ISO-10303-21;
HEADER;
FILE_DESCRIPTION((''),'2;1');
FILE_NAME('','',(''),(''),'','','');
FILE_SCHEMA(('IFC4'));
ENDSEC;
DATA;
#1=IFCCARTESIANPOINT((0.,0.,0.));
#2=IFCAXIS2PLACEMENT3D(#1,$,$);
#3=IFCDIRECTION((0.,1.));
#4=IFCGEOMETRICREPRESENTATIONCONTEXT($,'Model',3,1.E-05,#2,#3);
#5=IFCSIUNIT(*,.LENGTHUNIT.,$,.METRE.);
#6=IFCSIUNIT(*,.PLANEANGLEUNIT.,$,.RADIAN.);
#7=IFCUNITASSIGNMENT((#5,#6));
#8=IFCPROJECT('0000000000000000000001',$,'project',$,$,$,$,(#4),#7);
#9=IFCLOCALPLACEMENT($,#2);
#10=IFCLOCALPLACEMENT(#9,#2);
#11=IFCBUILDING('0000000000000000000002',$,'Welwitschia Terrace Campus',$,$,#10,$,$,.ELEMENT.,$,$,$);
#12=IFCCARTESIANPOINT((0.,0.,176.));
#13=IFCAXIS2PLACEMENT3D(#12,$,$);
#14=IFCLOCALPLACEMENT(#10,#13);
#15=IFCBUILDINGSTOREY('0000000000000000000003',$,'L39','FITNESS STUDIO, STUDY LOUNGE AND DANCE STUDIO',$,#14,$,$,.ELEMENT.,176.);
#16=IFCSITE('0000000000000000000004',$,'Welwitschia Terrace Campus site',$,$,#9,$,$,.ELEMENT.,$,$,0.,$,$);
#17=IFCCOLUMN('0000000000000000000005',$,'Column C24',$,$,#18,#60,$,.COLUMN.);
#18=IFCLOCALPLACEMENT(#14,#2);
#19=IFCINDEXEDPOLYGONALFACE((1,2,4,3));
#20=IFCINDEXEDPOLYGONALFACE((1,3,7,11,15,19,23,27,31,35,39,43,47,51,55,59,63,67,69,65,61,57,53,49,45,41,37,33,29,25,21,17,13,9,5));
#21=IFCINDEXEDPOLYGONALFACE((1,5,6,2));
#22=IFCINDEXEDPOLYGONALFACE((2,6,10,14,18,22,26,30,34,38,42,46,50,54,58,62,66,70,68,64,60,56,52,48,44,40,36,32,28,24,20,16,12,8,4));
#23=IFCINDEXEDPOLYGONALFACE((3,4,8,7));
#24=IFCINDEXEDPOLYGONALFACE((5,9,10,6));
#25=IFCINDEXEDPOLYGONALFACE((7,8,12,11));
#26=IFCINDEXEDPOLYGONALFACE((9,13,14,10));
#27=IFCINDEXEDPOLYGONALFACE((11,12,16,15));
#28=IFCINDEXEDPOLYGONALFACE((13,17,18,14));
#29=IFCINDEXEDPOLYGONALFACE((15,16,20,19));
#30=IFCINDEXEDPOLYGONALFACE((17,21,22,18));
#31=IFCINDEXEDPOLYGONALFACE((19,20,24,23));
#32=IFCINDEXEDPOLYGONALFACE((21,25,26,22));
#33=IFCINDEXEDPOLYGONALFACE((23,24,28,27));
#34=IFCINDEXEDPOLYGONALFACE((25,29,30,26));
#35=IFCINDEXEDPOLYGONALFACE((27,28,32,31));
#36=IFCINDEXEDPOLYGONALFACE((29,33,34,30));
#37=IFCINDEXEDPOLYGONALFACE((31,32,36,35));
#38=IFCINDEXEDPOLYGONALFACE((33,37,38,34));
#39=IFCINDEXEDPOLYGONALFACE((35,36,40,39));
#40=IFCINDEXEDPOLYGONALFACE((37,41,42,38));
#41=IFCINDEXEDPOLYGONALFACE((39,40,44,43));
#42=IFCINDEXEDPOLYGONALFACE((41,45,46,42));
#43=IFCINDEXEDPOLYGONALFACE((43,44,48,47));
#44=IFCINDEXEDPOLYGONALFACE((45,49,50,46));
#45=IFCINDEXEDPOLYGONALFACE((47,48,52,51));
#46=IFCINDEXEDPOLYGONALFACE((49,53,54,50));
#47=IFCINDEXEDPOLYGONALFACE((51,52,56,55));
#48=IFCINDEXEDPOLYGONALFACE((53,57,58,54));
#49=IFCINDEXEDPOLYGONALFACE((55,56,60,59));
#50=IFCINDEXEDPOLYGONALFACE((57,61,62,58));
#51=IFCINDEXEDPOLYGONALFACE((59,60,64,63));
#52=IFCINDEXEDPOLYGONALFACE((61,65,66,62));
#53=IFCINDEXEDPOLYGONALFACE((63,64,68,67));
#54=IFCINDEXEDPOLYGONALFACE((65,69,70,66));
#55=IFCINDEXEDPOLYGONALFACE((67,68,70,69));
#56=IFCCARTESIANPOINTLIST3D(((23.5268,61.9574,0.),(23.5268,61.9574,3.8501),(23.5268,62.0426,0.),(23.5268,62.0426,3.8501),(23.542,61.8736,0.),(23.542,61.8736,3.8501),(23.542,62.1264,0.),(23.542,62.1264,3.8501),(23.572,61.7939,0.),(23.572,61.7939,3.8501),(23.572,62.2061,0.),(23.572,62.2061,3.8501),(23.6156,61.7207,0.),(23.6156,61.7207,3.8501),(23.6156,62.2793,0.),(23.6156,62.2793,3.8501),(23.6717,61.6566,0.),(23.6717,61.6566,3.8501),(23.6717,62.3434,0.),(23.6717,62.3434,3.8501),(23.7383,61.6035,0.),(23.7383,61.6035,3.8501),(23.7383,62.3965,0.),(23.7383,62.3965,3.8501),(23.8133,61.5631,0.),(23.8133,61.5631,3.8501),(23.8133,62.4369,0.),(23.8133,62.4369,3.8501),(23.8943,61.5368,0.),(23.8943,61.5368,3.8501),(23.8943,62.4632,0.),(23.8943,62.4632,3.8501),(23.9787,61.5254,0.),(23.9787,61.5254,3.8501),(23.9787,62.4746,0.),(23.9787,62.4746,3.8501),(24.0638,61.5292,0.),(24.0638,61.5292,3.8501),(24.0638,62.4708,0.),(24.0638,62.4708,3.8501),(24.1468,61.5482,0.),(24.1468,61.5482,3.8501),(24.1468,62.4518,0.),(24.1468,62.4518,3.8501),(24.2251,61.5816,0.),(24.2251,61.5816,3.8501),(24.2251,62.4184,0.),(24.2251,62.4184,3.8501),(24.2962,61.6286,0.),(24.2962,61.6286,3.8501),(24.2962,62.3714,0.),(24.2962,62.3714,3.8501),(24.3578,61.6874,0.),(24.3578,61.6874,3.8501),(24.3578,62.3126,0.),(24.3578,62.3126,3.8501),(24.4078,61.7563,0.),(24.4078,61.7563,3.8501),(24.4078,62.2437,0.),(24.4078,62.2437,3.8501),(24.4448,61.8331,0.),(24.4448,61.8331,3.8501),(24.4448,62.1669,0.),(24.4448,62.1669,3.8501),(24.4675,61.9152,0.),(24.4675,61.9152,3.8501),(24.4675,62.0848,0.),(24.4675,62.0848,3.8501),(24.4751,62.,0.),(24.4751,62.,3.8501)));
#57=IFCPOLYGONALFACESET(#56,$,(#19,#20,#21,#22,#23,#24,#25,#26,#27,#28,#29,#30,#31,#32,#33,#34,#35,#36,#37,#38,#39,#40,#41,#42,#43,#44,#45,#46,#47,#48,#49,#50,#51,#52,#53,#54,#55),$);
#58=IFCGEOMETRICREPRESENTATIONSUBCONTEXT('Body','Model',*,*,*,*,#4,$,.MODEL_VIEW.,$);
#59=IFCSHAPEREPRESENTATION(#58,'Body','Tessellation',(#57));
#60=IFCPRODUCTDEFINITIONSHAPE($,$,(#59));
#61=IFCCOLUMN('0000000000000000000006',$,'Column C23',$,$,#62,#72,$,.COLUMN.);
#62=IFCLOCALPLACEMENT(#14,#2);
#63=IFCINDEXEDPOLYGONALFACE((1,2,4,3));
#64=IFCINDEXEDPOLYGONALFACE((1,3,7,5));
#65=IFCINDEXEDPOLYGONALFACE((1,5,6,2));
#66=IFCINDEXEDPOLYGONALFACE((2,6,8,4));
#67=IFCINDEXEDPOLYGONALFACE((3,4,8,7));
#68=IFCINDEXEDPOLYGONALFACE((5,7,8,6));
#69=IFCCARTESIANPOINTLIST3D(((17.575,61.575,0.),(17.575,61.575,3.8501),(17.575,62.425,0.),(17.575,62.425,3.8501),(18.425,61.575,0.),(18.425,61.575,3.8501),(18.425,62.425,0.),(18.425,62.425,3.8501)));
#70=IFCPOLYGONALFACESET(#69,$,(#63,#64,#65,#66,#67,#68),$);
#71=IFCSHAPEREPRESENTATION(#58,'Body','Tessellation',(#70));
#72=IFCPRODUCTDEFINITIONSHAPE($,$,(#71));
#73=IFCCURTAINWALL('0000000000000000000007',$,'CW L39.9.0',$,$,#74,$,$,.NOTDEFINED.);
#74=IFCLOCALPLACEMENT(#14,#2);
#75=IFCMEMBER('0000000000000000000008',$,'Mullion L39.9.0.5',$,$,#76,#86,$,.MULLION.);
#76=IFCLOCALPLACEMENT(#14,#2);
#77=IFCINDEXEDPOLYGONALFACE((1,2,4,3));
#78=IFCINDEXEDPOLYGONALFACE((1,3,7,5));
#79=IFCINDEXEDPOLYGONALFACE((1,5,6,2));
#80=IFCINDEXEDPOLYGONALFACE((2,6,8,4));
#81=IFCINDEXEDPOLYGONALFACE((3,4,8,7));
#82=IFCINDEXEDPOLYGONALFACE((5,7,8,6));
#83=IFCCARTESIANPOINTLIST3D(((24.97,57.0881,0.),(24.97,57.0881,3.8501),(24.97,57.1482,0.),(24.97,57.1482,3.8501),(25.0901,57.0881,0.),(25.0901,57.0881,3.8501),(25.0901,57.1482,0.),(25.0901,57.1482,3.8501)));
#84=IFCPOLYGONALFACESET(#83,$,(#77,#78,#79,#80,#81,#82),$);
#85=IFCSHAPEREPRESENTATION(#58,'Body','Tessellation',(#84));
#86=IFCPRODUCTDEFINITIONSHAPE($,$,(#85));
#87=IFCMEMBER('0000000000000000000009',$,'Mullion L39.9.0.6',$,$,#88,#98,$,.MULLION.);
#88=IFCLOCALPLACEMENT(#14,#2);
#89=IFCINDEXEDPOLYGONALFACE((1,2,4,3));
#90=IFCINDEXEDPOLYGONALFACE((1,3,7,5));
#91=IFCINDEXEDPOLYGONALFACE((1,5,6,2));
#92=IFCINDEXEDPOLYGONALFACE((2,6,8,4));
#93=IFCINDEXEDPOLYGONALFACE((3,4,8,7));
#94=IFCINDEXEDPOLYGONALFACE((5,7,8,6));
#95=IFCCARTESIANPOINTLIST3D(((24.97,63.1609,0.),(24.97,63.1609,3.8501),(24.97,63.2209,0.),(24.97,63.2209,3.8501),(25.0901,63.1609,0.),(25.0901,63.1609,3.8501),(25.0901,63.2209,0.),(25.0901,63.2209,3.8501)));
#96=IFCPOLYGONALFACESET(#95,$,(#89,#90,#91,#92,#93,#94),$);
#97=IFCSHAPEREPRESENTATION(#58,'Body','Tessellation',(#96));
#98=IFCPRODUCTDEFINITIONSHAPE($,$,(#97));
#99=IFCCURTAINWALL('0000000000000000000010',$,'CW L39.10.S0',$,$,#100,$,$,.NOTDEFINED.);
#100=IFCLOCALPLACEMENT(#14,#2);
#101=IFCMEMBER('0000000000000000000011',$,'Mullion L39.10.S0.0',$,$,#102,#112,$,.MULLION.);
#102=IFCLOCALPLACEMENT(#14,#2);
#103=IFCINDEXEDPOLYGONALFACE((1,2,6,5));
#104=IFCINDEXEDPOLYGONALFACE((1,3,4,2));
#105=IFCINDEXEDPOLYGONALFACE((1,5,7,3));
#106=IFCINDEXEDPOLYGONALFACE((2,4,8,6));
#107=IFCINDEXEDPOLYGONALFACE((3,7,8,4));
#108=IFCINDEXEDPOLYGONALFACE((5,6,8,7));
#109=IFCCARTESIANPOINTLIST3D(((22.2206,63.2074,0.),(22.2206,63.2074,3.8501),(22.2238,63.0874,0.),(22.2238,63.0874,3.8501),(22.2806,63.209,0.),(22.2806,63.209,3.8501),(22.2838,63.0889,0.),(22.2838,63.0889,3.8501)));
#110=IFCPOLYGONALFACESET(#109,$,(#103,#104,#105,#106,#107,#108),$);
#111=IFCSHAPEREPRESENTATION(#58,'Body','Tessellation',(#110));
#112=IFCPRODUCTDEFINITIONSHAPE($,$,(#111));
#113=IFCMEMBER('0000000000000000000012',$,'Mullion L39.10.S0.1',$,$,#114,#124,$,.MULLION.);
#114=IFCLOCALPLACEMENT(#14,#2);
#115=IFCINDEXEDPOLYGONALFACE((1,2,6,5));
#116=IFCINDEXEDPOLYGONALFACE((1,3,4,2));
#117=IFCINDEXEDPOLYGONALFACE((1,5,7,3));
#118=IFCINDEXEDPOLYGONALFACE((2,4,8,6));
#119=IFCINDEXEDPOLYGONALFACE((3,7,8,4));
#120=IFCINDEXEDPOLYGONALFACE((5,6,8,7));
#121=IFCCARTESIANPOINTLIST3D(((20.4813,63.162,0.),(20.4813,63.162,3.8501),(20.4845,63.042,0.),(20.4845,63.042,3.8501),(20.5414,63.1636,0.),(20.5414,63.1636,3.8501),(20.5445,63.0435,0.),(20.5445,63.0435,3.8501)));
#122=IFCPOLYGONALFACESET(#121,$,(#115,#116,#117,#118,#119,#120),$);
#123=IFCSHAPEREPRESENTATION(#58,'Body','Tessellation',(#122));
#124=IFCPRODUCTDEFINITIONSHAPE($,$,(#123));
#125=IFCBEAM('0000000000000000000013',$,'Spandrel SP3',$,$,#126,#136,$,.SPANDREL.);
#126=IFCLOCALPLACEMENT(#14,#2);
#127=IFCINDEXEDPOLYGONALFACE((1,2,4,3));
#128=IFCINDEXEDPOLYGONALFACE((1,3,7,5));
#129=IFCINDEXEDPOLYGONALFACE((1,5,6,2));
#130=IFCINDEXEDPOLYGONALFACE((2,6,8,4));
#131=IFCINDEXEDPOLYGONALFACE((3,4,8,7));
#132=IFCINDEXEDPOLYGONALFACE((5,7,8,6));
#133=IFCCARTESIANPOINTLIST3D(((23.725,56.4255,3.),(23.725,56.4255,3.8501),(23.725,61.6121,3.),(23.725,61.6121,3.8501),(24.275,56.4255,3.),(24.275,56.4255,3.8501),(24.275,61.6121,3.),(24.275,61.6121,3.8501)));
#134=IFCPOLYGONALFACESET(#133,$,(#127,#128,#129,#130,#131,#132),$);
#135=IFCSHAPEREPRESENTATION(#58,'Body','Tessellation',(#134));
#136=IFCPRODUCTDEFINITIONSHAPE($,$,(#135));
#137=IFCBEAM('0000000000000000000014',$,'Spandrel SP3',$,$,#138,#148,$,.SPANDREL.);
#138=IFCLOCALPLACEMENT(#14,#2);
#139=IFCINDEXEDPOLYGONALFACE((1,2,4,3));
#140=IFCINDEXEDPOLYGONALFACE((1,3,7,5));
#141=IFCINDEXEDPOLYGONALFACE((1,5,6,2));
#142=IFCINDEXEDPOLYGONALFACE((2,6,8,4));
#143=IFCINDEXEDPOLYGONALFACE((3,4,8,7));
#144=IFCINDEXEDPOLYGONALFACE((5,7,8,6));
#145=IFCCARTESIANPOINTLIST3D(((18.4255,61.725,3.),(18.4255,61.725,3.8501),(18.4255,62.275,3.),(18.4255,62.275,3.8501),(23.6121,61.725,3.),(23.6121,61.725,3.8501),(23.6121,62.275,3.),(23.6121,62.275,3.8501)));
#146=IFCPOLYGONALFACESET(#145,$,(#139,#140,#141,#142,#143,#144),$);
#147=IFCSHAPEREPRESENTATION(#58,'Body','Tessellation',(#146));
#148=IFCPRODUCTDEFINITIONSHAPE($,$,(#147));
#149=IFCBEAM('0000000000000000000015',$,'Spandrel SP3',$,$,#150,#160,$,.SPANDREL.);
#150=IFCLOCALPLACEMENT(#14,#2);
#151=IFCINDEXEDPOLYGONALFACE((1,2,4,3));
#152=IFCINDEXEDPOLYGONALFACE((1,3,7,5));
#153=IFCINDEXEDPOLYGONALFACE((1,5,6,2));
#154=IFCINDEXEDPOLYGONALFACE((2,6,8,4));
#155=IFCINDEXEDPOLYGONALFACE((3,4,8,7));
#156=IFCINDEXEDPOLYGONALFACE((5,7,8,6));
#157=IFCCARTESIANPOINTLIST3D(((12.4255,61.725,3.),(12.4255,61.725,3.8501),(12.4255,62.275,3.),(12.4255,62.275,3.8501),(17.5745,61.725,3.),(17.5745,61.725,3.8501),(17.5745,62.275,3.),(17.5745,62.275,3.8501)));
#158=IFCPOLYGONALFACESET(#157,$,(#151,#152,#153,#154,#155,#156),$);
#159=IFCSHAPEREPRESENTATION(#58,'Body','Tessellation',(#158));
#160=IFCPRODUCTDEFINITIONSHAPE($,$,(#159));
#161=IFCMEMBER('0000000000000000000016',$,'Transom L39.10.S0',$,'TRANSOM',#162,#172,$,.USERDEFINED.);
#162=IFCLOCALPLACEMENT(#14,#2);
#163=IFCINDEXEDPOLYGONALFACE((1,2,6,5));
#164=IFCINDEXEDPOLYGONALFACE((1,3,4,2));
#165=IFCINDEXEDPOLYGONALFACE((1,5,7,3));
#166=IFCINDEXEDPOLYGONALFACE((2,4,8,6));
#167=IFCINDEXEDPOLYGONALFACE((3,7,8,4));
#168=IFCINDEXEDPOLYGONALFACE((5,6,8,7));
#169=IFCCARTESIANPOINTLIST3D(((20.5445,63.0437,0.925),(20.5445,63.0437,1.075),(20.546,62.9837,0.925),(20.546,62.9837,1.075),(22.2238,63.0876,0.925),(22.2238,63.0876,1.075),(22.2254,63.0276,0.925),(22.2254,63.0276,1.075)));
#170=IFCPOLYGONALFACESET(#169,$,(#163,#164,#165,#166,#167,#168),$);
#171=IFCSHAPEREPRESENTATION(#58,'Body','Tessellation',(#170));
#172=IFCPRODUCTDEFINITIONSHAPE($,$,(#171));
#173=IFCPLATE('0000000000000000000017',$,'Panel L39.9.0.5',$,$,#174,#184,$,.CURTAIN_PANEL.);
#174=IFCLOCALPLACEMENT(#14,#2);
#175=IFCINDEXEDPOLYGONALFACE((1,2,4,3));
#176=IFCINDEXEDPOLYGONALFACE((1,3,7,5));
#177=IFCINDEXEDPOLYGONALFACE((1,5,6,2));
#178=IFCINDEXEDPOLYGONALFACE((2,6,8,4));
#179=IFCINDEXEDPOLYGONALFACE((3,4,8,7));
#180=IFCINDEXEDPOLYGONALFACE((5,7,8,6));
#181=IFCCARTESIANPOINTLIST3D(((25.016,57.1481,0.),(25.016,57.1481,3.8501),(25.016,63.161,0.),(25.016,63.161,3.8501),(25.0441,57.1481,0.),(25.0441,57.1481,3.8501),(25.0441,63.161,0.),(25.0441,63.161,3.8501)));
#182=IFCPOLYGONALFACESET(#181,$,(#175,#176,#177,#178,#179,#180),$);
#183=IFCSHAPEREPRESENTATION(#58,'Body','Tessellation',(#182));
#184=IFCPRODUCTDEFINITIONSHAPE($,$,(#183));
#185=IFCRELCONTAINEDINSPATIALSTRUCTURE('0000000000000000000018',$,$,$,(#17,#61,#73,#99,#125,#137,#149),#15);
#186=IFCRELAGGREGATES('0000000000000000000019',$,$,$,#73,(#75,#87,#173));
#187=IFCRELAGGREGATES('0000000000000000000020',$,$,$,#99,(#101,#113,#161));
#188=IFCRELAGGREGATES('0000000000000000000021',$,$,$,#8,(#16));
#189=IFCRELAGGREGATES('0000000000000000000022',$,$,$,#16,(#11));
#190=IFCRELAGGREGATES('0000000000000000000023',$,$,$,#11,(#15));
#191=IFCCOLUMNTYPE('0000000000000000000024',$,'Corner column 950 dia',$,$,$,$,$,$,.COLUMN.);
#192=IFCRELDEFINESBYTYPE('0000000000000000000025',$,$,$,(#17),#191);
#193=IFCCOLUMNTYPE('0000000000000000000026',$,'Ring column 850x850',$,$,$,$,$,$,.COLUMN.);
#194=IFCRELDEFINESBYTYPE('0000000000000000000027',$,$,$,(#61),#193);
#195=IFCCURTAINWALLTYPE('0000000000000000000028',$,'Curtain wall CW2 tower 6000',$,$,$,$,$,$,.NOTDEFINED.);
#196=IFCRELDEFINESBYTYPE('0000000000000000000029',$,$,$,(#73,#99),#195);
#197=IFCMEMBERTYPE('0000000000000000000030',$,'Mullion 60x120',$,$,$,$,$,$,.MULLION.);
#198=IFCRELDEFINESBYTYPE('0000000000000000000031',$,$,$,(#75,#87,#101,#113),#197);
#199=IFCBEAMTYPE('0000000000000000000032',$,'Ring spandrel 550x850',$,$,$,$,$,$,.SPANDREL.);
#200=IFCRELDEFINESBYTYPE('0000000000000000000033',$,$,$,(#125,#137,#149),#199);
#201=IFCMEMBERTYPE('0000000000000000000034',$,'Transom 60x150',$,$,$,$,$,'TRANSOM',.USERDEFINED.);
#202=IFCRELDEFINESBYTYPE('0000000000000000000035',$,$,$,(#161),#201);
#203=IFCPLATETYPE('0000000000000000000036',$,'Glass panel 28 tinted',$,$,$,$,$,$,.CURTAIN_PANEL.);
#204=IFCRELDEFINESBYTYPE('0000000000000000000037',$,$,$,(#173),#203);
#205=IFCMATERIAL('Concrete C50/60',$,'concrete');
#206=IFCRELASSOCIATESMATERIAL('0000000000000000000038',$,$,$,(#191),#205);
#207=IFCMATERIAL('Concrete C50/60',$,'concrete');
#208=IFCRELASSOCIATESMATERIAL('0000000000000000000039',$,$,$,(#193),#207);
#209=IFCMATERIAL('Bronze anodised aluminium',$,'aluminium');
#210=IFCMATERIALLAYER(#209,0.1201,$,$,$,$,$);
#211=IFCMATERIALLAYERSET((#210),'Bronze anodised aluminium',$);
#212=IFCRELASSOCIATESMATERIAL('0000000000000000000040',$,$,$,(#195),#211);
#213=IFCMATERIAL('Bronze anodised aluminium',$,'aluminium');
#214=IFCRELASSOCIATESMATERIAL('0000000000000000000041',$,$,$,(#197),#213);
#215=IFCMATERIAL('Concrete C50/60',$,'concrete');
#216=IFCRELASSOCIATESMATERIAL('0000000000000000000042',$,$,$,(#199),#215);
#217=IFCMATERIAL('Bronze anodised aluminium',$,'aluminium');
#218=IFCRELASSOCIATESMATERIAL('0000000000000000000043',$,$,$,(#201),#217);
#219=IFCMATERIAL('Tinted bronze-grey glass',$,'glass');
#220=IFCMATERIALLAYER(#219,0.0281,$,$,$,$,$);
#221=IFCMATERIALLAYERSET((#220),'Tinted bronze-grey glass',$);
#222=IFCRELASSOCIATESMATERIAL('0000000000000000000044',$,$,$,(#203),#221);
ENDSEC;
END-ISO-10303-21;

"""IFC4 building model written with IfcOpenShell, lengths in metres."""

from ifc_helpers import new_model, si_unit, direction, frame, origin, origin_2d, place, context, subcontext, project, spatial, rectangle, circle, extrude, material, layer, layer_set, material_profile, profile_set, type_object, element, aggregate, save


model = new_model("IFC4")

# Units and contexts
model_context = context("Model", 3, precision=1e-05, world=origin(), true_north=direction((0.0, 1.0)))
body_context = subcontext(model_context, "Body", "Model", "MODEL_VIEW")
ifc_project = project(units=[si_unit("LENGTHUNIT", "METRE"), si_unit("PLANEANGLEUNIT", "RADIAN")], contexts=[model_context])

# Site, building, storey
site_placement = place(None, origin())
site = spatial("IfcSite", under=ifc_project, at=site_placement, Name="Welwitschia Terrace Campus site", CompositionType="ELEMENT", RefElevation=0.0)
building_placement = place(site_placement, origin())
building = spatial("IfcBuilding", under=site, at=building_placement, Name="Welwitschia Terrace Campus", CompositionType="ELEMENT")
storey_placement = place(building_placement, frame((0.0, 0.0, 176.0)))
storey = spatial("IfcBuildingStorey", under=building, at=storey_placement, Name="L39", Description="FITNESS STUDIO, STUDY LOUNGE AND DANCE STUDIO", CompositionType="ELEMENT", Elevation=176.0)

# Columns
ifc_material_1 = material(Name="Concrete C50/60", Category="concrete")
ifc_material_profile_1 = material_profile(ifc_material_1, circle(Radius=0.4751, at=origin_2d()))
ifc_profile_set_1 = profile_set([ifc_material_profile_1], Name="Concrete C50/60")
column_type_1 = type_object("IfcColumnType", Name="Corner column 950 dia", PredefinedType="COLUMN", material=ifc_profile_set_1)
column_1_placement = place(storey_placement, frame((24.0, 62.0, 0.0), z_axis=(0.0, 0.0, 1.0), x_axis=(1.0, 0.0, 0.0)))
element("IfcColumn", 1, at=column_1_placement, inside=storey, type_object=column_type_1, Name="Column C24", PredefinedType="COLUMN", context=body_context, shape_type="SweptSolid", body=[
    extrude(circle(Radius=0.4751, at=origin_2d()), origin(), (0.0, 0.0, 1.0), 3.8501),
])
ifc_material_2 = material(Name="Concrete C50/60", Category="concrete")
ifc_material_profile_2 = material_profile(ifc_material_2, rectangle(XDim=0.8501, YDim=0.8501, at=origin_2d()))
ifc_profile_set_2 = profile_set([ifc_material_profile_2], Name="Concrete C50/60")
column_type_2 = type_object("IfcColumnType", Name="Ring column 850x850", PredefinedType="COLUMN", material=ifc_profile_set_2)
column_2_placement = place(storey_placement, frame((18.0, 62.0, 0.0), z_axis=(0.0, 0.0, 1.0), x_axis=(1.0, 0.0, 0.0)))
element("IfcColumn", 2, at=column_2_placement, inside=storey, type_object=column_type_2, Name="Column C23", PredefinedType="COLUMN", context=body_context, shape_type="SweptSolid", body=[
    extrude(rectangle(XDim=0.8501, YDim=0.8501, at=origin_2d()), origin(), (0.0, 0.0, 1.0), 3.8501),
])

# Curtain walls, members
ifc_material_3 = material(Name="Bronze anodised aluminium", Category="aluminium")
ifc_layer_1 = layer(ifc_material_3, 0.1201)
ifc_layer_set_1 = layer_set([ifc_layer_1], Name="Bronze anodised aluminium")
curtain_wall_type = type_object("IfcCurtainWallType", Name="Curtain wall CW2 tower 6000", PredefinedType="NOTDEFINED", material=ifc_layer_set_1)
curtain_wall_1_placement = place(storey_placement, origin())
curtain_wall_1 = element("IfcCurtainWall", 3, at=curtain_wall_1_placement, inside=storey, type_object=curtain_wall_type, Name="CW L39.9.0", PredefinedType="NOTDEFINED")
ifc_material_4 = material(Name="Bronze anodised aluminium", Category="aluminium")
ifc_material_profile_3 = material_profile(ifc_material_4, rectangle(XDim=0.1201, YDim=0.0601, at=origin_2d()))
ifc_profile_set_3 = profile_set([ifc_material_profile_3], Name="Bronze anodised aluminium")
member_type_1 = type_object("IfcMemberType", Name="Mullion 60x120", PredefinedType="MULLION", material=ifc_profile_set_3)
member_1_placement = place(storey_placement, frame((25.03, 57.1182, 0.0), z_axis=(0.0, 0.0, 1.0), x_axis=(-1.0, 0.0, 0.0)))
member_1 = element("IfcMember", 4, at=member_1_placement, type_object=member_type_1, Name="Mullion L39.9.0.5", PredefinedType="MULLION", context=body_context, shape_type="SweptSolid", body=[
    extrude(rectangle(XDim=0.1201, YDim=0.0601, at=origin_2d()), origin(), (0.0, 0.0, 1.0), 3.8501),
])
member_2_placement = place(storey_placement, frame((25.03, 63.1909, 0.0), z_axis=(0.0, 0.0, 1.0), x_axis=(-1.0, 0.0, 0.0)))
member_2 = element("IfcMember", 5, at=member_2_placement, type_object=member_type_1, Name="Mullion L39.9.0.6", PredefinedType="MULLION", context=body_context, shape_type="SweptSolid", body=[
    extrude(rectangle(XDim=0.1201, YDim=0.0601, at=origin_2d()), origin(), (0.0, 0.0, 1.0), 3.8501),
])
curtain_wall_2_placement = place(storey_placement, origin())
curtain_wall_2 = element("IfcCurtainWall", 6, at=curtain_wall_2_placement, inside=storey, type_object=curtain_wall_type, Name="CW L39.10.S0", PredefinedType="NOTDEFINED")
member_3_placement = place(storey_placement, frame((22.2522, 63.1482, 0.0), z_axis=(0.0, 0.0, 1.0), x_axis=(0.026177, -0.999657, 0.0)))
member_3 = element("IfcMember", 7, at=member_3_placement, type_object=member_type_1, Name="Mullion L39.10.S0.0", PredefinedType="MULLION", context=body_context, shape_type="SweptSolid", body=[
    extrude(rectangle(XDim=0.1201, YDim=0.0601, at=origin_2d()), origin(), (0.0, 0.0, 1.0), 3.8501),
])
member_4_placement = place(storey_placement, frame((20.5129, 63.1028, 0.0), z_axis=(0.0, 0.0, 1.0), x_axis=(0.026177, -0.999657, 0.0)))
member_4 = element("IfcMember", 8, at=member_4_placement, type_object=member_type_1, Name="Mullion L39.10.S0.1", PredefinedType="MULLION", context=body_context, shape_type="SweptSolid", body=[
    extrude(rectangle(XDim=0.1201, YDim=0.0601, at=origin_2d()), origin(), (0.0, 0.0, 1.0), 3.8501),
])

# Beams
ifc_material_5 = material(Name="Concrete C50/60", Category="concrete")
ifc_material_profile_4 = material_profile(ifc_material_5, rectangle(XDim=0.55, YDim=0.8501, at=origin_2d()))
ifc_profile_set_4 = profile_set([ifc_material_profile_4], Name="Concrete C50/60")
beam_type = type_object("IfcBeamType", Name="Ring spandrel 550x850", PredefinedType="SPANDREL", material=ifc_profile_set_4)
for number, where, z_axis, x_axis, name in (
    (9, (24.0, 56.4255, 3.425), (0.0, 1.0, 0.0), (-1.0, 0.0, 0.0), "Spandrel SP3"),
    (10, (23.6121, 62.0, 3.425), (-1.0, 0.0, 0.0), (0.0, -1.0, 0.0), "Spandrel SP3"),
):
    element("IfcBeam", number, at=place(storey_placement, frame(where, z_axis=z_axis, x_axis=x_axis)), inside=storey, type_object=beam_type, Name=name, PredefinedType="SPANDREL", context=body_context, shape_type="SweptSolid", body=[
        extrude(rectangle(XDim=0.55, YDim=0.8501, at=origin_2d()), origin(), (0.0, 0.0, 1.0), 5.1865),
    ])
beam_placement = place(storey_placement, frame((17.5745, 62.0, 3.425), z_axis=(-1.0, 0.0, 0.0), x_axis=(0.0, -1.0, 0.0)))
element("IfcBeam", 11, at=beam_placement, inside=storey, type_object=beam_type, Name="Spandrel SP3", PredefinedType="SPANDREL", context=body_context, shape_type="SweptSolid", body=[
    extrude(rectangle(XDim=0.55, YDim=0.8501, at=origin_2d()), origin(), (0.0, 0.0, 1.0), 5.1489),
])

# Member
ifc_material_6 = material(Name="Bronze anodised aluminium", Category="aluminium")
ifc_material_profile_5 = material_profile(ifc_material_6, rectangle(XDim=0.0601, YDim=0.1499, at=origin_2d()))
ifc_profile_set_5 = profile_set([ifc_material_profile_5], Name="Bronze anodised aluminium")
member_type_2 = type_object("IfcMemberType", Name="Transom 60x150", ElementType="TRANSOM", PredefinedType="USERDEFINED", material=ifc_profile_set_5)
member_5_placement = place(storey_placement, frame((22.2246, 63.0576, 1.0), z_axis=(-0.999658, -0.026158, 0.0), x_axis=(0.026158, -0.999658, 0.0)))
member_5 = element("IfcMember", 12, at=member_5_placement, type_object=member_type_2, Name="Transom L39.10.S0", ObjectType="TRANSOM", PredefinedType="USERDEFINED", context=body_context, shape_type="SweptSolid", body=[
    extrude(rectangle(XDim=0.0601, YDim=0.1499, at=origin_2d()), origin(), (0.0, 0.0, 1.0), 1.6799),
])

# Plate
ifc_material_7 = material(Name="Tinted bronze-grey glass", Category="glass")
ifc_layer_2 = layer(ifc_material_7, 0.0281)
ifc_layer_set_2 = layer_set([ifc_layer_2], Name="Tinted bronze-grey glass")
plate_type = type_object("IfcPlateType", Name="Glass panel 28 tinted", PredefinedType="CURTAIN_PANEL", material=ifc_layer_set_2)
plate_1_placement = place(storey_placement, frame((25.03, 60.1545, 0.0), z_axis=(0.0, 0.0, 1.0), x_axis=(0.0, 1.0, 0.0)))
plate_1 = element("IfcPlate", 13, at=plate_1_placement, type_object=plate_type, Name="Panel L39.9.0.5", PredefinedType="CURTAIN_PANEL", context=body_context, shape_type="SweptSolid", body=[
    extrude(rectangle(XDim=6.0129, YDim=0.0281, at=origin_2d()), origin(), (0.0, 0.0, 1.0), 3.8501),
])
aggregate(curtain_wall_1, [member_1, member_2, plate_1])
aggregate(curtain_wall_2, [member_3, member_4, member_5])

save(model, "model.ifc")
